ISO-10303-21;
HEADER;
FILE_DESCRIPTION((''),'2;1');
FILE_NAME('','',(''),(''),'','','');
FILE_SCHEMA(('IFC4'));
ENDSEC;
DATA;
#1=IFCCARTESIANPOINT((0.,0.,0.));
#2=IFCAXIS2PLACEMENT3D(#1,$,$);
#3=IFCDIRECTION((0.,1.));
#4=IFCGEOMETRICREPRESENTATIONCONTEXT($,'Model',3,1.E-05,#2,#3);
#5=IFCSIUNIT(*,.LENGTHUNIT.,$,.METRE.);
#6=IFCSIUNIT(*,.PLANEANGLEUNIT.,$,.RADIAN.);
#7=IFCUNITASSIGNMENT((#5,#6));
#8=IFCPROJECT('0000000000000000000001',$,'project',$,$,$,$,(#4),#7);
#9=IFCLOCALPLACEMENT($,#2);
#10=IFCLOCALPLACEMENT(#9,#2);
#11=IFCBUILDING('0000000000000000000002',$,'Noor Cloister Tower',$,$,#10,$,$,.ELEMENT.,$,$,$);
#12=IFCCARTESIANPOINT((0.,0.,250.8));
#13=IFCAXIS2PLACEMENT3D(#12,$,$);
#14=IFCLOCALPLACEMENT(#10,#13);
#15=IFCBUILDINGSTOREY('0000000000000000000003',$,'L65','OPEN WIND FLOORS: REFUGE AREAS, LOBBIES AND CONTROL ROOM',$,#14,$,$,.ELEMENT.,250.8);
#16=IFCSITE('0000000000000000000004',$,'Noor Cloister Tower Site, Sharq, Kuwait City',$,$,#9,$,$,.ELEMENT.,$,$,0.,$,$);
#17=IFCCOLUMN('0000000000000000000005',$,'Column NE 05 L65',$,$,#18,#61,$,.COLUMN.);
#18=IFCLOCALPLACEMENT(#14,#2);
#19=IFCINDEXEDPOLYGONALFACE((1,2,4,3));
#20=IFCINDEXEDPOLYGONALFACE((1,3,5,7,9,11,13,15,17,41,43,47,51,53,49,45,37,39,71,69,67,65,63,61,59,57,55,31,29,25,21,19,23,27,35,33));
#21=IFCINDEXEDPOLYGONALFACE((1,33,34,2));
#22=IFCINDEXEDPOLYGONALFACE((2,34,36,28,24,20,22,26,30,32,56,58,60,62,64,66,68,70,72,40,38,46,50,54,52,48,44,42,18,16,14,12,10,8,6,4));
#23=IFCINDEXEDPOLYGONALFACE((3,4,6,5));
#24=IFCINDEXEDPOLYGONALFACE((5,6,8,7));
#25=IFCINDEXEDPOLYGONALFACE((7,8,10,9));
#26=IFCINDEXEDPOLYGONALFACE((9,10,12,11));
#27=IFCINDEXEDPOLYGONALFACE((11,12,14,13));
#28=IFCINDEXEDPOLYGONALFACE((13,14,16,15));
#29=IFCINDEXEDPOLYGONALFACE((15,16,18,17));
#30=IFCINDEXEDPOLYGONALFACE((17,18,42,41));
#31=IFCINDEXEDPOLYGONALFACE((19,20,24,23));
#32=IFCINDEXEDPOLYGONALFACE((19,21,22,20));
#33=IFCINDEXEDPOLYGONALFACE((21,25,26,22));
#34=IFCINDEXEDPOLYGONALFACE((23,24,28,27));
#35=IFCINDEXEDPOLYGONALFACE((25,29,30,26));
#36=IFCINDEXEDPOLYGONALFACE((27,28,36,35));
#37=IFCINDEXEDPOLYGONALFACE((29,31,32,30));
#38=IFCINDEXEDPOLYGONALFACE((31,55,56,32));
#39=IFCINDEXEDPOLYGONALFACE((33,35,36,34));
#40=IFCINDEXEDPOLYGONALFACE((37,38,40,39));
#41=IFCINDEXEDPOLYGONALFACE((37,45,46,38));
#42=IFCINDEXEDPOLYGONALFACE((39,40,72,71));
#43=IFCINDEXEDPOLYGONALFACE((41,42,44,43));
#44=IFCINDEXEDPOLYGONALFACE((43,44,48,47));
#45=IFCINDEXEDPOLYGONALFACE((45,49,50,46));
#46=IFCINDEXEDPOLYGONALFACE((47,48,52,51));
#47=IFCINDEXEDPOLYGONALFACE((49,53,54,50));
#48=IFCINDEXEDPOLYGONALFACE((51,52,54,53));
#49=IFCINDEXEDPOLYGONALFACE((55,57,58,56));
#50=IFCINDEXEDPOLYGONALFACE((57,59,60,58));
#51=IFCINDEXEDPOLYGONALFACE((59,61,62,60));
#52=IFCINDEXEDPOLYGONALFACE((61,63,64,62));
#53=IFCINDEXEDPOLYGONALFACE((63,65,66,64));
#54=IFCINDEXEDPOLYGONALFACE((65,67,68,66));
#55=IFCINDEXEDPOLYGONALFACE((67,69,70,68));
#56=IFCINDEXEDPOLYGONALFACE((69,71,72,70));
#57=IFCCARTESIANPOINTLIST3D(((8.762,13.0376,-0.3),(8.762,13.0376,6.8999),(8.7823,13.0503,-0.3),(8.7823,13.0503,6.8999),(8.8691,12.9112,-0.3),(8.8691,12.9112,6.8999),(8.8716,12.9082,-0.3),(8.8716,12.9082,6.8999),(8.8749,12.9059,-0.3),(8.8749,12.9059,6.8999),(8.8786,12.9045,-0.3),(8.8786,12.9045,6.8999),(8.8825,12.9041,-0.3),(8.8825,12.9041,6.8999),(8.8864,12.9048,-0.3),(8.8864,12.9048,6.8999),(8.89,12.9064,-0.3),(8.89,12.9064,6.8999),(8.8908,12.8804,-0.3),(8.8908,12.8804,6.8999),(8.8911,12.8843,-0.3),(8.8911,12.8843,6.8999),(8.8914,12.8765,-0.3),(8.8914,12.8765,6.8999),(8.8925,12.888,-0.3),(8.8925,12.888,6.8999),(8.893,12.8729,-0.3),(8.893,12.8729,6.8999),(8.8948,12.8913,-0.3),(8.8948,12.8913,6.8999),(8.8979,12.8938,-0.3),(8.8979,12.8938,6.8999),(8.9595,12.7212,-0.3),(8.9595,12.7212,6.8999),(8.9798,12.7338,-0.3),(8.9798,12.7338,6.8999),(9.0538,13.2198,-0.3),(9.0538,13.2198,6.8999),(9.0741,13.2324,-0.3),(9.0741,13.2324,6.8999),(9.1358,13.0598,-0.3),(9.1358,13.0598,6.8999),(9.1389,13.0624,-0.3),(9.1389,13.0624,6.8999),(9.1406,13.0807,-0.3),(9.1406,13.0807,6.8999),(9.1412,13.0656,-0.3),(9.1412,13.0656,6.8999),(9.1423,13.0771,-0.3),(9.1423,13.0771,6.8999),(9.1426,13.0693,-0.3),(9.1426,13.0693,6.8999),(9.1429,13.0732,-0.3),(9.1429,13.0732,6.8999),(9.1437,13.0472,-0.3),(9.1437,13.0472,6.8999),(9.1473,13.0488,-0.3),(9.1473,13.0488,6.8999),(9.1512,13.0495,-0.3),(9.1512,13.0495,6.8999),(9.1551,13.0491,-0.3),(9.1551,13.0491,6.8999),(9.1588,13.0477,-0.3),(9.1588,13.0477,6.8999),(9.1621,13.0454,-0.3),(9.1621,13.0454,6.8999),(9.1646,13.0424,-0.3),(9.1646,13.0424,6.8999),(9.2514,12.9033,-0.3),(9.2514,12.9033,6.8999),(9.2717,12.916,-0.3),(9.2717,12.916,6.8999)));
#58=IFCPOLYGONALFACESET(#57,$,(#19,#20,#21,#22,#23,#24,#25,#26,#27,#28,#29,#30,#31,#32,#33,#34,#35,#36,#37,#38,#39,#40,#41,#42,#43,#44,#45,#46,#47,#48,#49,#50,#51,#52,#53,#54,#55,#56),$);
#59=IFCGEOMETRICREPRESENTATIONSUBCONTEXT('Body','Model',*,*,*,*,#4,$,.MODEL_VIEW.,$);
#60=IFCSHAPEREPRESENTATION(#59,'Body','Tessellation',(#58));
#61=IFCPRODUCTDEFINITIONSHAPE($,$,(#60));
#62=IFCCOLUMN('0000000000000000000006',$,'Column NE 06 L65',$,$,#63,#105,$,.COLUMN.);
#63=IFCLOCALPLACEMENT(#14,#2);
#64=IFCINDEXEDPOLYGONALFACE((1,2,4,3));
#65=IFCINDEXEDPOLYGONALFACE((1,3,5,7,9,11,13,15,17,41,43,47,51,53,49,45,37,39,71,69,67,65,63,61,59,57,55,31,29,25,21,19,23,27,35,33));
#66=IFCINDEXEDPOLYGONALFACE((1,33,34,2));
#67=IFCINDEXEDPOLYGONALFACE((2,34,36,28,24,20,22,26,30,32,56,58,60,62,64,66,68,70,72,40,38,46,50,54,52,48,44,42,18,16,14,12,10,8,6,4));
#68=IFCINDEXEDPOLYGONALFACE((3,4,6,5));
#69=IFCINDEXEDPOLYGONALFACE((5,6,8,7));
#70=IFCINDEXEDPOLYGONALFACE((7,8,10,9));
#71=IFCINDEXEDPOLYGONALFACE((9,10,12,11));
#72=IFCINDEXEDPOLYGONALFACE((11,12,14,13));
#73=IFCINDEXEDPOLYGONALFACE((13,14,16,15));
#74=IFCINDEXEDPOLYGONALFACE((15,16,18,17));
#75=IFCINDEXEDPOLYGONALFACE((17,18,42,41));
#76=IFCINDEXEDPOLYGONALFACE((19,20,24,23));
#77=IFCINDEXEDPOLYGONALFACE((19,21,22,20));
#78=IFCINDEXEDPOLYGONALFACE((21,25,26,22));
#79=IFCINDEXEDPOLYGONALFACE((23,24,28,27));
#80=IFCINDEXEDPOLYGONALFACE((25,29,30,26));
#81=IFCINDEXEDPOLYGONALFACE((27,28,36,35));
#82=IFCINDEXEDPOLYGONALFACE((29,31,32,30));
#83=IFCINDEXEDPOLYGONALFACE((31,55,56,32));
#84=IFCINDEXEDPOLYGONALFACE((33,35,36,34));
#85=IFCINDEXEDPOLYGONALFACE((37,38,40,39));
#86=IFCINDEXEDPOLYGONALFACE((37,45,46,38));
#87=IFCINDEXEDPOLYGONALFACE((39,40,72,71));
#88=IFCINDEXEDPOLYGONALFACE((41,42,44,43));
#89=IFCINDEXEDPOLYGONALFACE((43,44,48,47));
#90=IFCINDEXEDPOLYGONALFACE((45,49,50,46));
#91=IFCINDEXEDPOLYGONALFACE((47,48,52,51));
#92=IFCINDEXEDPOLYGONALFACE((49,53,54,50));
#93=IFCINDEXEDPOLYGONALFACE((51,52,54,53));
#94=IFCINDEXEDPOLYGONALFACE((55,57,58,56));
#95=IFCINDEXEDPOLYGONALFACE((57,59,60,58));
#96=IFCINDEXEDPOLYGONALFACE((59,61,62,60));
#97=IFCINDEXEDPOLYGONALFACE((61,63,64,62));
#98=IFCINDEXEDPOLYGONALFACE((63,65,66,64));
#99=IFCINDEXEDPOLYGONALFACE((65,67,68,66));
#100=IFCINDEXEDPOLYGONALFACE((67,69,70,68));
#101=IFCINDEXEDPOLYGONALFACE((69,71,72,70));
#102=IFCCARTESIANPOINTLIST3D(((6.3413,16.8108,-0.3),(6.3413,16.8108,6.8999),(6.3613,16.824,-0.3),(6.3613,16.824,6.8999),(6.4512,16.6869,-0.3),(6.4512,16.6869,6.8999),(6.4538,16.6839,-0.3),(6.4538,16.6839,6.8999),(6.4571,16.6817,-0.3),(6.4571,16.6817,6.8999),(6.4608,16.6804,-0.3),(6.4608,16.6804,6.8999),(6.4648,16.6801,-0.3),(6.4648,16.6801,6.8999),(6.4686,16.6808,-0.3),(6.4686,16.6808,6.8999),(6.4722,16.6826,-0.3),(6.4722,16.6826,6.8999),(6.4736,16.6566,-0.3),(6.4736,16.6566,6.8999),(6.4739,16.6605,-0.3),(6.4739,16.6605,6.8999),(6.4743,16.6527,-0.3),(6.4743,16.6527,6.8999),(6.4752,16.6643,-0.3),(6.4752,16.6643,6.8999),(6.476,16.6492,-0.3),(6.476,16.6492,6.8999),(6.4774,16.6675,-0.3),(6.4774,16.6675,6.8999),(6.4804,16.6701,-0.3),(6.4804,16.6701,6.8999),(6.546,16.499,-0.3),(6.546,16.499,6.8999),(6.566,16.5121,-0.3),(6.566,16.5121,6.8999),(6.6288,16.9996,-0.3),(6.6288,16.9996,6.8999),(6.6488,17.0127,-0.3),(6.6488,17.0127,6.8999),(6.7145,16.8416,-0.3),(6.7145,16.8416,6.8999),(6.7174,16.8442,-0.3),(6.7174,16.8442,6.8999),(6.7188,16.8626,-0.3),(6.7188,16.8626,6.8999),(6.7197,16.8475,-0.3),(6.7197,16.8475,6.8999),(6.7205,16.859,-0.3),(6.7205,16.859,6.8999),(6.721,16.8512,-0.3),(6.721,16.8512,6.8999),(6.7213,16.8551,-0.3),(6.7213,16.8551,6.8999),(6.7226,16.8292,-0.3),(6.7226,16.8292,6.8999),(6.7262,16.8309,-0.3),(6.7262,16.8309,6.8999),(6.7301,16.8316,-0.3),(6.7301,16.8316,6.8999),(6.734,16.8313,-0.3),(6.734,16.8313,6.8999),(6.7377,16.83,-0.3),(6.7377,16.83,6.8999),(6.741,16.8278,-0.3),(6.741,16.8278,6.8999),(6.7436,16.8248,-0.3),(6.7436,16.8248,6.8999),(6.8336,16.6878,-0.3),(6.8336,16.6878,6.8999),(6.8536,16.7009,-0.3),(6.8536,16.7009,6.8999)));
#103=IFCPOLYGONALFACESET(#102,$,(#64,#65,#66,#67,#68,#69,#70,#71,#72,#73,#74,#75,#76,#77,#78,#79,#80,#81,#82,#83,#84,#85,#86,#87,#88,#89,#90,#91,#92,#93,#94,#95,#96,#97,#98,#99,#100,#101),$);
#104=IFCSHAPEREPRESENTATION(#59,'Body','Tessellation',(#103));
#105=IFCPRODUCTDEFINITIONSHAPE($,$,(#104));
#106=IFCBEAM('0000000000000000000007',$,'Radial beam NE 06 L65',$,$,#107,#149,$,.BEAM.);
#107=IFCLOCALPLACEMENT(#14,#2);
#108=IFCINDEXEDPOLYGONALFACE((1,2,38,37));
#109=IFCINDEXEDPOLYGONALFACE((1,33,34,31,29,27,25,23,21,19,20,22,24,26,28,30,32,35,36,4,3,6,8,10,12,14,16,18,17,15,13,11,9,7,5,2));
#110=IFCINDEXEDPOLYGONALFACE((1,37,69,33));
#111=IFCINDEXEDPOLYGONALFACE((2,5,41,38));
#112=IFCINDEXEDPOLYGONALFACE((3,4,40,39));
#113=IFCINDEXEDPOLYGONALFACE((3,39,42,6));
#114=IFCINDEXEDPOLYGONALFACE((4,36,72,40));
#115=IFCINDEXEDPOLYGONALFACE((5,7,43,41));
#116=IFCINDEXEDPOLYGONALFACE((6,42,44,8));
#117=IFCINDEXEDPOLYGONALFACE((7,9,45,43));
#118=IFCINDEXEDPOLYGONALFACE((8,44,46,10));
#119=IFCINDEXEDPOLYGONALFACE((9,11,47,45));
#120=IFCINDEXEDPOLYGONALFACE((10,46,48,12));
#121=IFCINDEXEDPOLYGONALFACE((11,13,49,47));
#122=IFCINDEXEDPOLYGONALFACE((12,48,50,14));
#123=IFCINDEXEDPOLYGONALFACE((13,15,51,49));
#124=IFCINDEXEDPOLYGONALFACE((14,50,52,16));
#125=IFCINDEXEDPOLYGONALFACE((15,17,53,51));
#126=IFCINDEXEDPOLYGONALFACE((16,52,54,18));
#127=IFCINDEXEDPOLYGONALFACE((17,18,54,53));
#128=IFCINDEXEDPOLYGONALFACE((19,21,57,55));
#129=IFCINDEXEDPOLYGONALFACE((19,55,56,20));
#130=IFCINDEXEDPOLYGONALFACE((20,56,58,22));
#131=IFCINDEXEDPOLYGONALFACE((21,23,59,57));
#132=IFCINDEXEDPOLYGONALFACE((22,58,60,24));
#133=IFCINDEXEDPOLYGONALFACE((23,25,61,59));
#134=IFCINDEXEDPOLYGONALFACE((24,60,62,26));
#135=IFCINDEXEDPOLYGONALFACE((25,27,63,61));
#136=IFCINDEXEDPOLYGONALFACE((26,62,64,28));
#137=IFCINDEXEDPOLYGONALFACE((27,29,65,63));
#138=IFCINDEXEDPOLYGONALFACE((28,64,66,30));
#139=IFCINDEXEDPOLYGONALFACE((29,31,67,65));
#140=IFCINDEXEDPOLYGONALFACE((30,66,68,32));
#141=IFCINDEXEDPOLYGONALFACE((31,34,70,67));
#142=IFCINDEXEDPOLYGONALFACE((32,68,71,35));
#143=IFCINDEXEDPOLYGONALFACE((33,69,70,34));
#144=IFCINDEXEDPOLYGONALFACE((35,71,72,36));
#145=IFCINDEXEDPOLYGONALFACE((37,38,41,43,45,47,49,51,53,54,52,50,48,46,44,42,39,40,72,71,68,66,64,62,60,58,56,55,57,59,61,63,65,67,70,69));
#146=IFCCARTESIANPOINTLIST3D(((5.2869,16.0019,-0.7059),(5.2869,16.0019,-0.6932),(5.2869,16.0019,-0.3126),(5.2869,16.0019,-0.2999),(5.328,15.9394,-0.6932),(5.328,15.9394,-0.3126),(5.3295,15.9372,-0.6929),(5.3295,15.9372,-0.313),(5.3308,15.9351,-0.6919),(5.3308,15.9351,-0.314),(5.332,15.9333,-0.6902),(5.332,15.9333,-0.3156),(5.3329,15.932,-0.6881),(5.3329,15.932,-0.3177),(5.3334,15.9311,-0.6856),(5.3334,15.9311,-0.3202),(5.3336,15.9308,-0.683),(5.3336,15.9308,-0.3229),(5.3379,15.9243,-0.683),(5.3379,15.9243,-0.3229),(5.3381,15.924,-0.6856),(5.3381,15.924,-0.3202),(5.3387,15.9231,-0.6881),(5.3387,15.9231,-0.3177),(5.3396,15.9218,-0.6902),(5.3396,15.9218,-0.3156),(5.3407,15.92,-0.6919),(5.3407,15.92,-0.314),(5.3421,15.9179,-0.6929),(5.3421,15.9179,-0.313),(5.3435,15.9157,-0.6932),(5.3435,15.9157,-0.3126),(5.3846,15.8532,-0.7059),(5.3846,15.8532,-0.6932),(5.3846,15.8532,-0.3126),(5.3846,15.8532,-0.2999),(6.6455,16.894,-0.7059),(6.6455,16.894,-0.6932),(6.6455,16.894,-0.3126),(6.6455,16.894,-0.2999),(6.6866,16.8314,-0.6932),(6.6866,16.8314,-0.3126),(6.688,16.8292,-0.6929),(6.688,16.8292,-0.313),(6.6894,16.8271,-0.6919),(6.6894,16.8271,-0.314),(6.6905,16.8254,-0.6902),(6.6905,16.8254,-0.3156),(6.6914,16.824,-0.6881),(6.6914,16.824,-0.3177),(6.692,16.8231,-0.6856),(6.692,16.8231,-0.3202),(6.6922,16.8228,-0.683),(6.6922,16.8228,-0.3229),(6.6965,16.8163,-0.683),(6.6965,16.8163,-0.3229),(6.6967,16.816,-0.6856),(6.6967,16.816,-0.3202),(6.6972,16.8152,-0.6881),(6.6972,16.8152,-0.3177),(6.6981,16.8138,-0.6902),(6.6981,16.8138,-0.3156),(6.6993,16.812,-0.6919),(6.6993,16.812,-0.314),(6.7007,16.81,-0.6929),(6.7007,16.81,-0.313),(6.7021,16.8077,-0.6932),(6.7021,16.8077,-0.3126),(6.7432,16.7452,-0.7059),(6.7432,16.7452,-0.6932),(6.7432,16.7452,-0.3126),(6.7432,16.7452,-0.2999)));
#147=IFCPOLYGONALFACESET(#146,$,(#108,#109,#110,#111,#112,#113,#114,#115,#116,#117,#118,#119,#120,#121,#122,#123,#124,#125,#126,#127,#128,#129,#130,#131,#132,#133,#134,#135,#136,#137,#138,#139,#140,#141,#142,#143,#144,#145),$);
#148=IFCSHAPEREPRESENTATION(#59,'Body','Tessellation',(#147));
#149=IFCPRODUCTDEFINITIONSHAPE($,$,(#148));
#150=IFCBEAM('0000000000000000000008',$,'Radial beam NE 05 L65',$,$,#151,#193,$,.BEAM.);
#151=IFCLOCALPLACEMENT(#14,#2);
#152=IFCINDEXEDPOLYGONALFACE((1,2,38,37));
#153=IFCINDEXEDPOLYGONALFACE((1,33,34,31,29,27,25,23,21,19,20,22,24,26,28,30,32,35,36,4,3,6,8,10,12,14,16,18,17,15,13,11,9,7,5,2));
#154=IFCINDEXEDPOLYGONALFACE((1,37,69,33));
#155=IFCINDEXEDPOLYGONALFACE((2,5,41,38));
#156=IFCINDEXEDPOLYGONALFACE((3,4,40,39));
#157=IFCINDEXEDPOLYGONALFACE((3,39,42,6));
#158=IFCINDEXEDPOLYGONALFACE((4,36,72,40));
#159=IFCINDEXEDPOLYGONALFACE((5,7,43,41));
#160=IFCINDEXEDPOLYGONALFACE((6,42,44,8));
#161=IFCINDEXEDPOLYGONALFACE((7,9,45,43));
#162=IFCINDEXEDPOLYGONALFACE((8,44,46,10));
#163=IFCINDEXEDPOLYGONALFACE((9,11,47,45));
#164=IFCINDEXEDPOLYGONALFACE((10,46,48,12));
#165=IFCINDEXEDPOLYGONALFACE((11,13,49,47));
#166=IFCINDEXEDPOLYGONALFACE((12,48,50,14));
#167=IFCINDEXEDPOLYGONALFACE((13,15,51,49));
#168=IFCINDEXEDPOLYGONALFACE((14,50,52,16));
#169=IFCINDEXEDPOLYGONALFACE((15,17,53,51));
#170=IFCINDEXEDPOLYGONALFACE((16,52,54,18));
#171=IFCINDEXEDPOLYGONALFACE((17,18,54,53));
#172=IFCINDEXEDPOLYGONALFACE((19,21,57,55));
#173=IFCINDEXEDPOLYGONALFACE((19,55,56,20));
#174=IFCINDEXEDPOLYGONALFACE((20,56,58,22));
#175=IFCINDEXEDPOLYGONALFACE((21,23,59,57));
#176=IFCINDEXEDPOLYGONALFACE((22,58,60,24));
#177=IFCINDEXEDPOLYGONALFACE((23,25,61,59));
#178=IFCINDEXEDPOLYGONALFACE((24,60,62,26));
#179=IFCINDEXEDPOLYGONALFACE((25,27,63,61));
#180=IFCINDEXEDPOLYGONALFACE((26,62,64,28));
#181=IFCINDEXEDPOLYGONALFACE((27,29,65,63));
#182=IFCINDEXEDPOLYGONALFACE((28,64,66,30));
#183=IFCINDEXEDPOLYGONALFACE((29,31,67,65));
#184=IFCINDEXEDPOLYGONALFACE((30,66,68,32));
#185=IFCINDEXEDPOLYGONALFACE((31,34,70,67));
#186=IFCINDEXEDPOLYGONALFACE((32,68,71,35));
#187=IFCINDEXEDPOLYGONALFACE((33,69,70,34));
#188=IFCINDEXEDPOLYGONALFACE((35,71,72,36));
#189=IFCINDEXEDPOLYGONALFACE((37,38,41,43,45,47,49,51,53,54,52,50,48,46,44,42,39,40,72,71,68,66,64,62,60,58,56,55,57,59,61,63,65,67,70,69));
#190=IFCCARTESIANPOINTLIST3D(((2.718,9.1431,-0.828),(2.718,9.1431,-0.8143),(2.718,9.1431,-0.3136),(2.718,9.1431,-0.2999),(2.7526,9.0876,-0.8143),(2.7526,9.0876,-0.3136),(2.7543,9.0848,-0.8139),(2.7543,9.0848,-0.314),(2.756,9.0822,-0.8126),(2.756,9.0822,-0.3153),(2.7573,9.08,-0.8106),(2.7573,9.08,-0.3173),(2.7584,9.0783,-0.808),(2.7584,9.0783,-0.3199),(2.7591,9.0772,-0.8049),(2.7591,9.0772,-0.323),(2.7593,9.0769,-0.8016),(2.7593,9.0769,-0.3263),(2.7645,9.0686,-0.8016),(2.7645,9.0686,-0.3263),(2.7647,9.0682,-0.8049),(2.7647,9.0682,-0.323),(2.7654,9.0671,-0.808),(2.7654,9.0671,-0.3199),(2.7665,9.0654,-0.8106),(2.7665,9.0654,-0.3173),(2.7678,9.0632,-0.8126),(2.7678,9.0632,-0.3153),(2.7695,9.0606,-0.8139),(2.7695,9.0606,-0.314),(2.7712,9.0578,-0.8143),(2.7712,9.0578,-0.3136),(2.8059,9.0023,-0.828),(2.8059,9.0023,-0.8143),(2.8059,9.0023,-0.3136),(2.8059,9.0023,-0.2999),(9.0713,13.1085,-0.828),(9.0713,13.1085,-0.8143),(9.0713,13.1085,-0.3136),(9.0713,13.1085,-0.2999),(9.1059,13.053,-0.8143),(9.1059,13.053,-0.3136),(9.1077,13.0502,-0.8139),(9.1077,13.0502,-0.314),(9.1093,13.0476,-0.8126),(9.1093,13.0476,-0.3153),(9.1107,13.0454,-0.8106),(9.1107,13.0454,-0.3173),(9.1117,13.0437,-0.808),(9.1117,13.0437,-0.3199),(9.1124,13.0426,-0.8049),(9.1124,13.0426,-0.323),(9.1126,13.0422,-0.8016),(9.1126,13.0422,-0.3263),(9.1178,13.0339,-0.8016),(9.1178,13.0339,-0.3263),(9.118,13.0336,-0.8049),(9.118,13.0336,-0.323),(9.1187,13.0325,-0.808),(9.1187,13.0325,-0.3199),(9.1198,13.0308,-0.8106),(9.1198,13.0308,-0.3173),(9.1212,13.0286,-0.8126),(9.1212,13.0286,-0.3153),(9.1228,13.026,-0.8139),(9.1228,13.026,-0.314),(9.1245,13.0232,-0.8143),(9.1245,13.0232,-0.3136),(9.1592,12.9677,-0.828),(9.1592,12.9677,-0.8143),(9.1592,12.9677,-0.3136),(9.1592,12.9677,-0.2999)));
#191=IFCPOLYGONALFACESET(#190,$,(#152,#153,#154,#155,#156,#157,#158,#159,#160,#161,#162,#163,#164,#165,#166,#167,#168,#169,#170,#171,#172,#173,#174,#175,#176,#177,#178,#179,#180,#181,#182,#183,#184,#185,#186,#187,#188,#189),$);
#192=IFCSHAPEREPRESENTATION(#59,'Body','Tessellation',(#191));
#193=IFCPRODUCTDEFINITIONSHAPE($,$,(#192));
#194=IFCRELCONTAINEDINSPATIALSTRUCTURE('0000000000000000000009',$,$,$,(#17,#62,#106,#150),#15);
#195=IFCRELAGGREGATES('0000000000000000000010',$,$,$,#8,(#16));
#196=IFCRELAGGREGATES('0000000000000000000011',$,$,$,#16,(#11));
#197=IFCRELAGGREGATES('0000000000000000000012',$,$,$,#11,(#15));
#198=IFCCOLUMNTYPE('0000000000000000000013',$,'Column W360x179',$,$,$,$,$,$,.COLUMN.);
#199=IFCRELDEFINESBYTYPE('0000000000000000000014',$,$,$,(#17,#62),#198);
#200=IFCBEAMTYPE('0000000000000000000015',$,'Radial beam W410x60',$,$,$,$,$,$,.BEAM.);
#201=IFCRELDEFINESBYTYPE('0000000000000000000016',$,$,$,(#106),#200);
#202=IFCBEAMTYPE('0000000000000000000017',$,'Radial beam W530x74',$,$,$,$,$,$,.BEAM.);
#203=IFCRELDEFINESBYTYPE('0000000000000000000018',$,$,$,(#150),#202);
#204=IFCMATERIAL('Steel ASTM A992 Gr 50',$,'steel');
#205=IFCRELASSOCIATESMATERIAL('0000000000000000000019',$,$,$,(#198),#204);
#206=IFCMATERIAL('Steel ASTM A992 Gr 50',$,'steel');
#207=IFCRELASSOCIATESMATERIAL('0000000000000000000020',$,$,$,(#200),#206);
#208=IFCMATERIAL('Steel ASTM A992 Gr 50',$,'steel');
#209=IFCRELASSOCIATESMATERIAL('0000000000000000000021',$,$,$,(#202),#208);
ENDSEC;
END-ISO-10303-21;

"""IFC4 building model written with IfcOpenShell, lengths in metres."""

from ifc_helpers import new_model, si_unit, direction, frame, origin, origin_2d, place, context, subcontext, project, spatial, i_section, extrude, material, material_profile, profile_set, type_object, element, save


model = new_model("IFC4")

# Units and contexts
model_context = context("Model", 3, precision=1e-05, world=origin(), true_north=direction((0.0, 1.0)))
body_context = subcontext(model_context, "Body", "Model", "MODEL_VIEW")
ifc_project = project(units=[si_unit("LENGTHUNIT", "METRE"), si_unit("PLANEANGLEUNIT", "RADIAN")], contexts=[model_context])

# Site, building, storey
site_placement = place(None, origin())
site = spatial("IfcSite", under=ifc_project, at=site_placement, Name="Noor Cloister Tower Site, Sharq, Kuwait City", CompositionType="ELEMENT", RefElevation=0.0)
building_placement = place(site_placement, origin())
building = spatial("IfcBuilding", under=site, at=building_placement, Name="Noor Cloister Tower", CompositionType="ELEMENT")
storey_placement = place(building_placement, frame((0.0, 0.0, 250.8)))
storey = spatial("IfcBuildingStorey", under=building, at=storey_placement, Name="L65", Description="OPEN WIND FLOORS: REFUGE AREAS, LOBBIES AND CONTROL ROOM", CompositionType="ELEMENT", Elevation=250.8)

# Columns
ifc_material_1 = material(Name="Steel ASTM A992 Gr 50", Category="steel")
ifc_material_profile_1 = material_profile(ifc_material_1, i_section(OverallWidth=0.373, OverallDepth=0.3679, WebThickness=0.0149, FlangeThickness=0.0239, FilletRadius=0.0151, at=origin_2d()), Name="W360x179")
ifc_profile_set_1 = profile_set([ifc_material_profile_1], Name="Steel ASTM A992 Gr 50")
column_type = type_object("IfcColumnType", Name="Column W360x179", PredefinedType="COLUMN", material=ifc_profile_set_1)
for number, where, z_axis, x_axis, name in (
    (1, (9.0168, 12.9768, -0.3), (0.0, 0.0, 1.0), (-0.529481, 0.848322, 0.0), "Column NE 05 L65"),
    (2, (6.5974, 16.7559, -0.3), (0.0, 0.0, 1.0), (-0.54879, 0.83596, 0.0), "Column NE 06 L65"),
):
    element("IfcColumn", number, at=place(storey_placement, frame(where, z_axis=z_axis, x_axis=x_axis)), inside=storey, type_object=column_type, Name=name, PredefinedType="COLUMN", context=body_context, shape_type="SweptSolid", body=[
        extrude(i_section(OverallWidth=0.373, OverallDepth=0.3679, WebThickness=0.0149, FlangeThickness=0.0239, FilletRadius=0.0151, at=origin_2d()), origin(), (0.0, 0.0, 1.0), 7.2),
    ])

# Beams
ifc_material_2 = material(Name="Steel ASTM A992 Gr 50", Category="steel")
ifc_material_profile_2 = material_profile(ifc_material_2, i_section(OverallWidth=0.178, OverallDepth=0.406, WebThickness=0.0078, FlangeThickness=0.0127, FilletRadius=0.0103, at=origin_2d()), Name="W410x60")
ifc_profile_set_2 = profile_set([ifc_material_profile_2], Name="Steel ASTM A992 Gr 50")
beam_type_1 = type_object("IfcBeamType", Name="Radial beam W410x60", PredefinedType="BEAM", material=ifc_profile_set_2)
beam_1_placement = place(storey_placement, frame((6.6943, 16.8196, -0.5029), z_axis=(-0.835912, -0.548863, 0.0), x_axis=(0.548863, -0.835912, 0.0)))
element("IfcBeam", 3, at=beam_1_placement, inside=storey, type_object=beam_type_1, Name="Radial beam NE 06 L65", PredefinedType="BEAM", context=body_context, shape_type="SweptSolid", body=[
    extrude(i_section(OverallWidth=0.178, OverallDepth=0.406, WebThickness=0.0078, FlangeThickness=0.0127, FilletRadius=0.0103, at=origin_2d()), origin(), (0.0, 0.0, 1.0), 1.6252),
])
ifc_material_3 = material(Name="Steel ASTM A992 Gr 50", Category="steel")
ifc_material_profile_3 = material_profile(ifc_material_3, i_section(OverallWidth=0.166, OverallDepth=0.5281, WebThickness=0.0098, FlangeThickness=0.0137, FilletRadius=0.0127, at=origin_2d()), Name="W530x74")
ifc_profile_set_3 = profile_set([ifc_material_profile_3], Name="Steel ASTM A992 Gr 50")
beam_type_2 = type_object("IfcBeamType", Name="Radial beam W530x74", PredefinedType="BEAM", material=ifc_profile_set_3)
beam_2_placement = place(storey_placement, frame((9.1152, 13.0381, -0.564), z_axis=(-0.848326, -0.529474, 0.0), x_axis=(0.529474, -0.848326, 0.0)))
element("IfcBeam", 4, at=beam_2_placement, inside=storey, type_object=beam_type_2, Name="Radial beam NE 05 L65", PredefinedType="BEAM", context=body_context, shape_type="SweptSolid", body=[
    extrude(i_section(OverallWidth=0.166, OverallDepth=0.5281, WebThickness=0.0098, FlangeThickness=0.0137, FilletRadius=0.0127, at=origin_2d()), origin(), (0.0, 0.0, 1.0), 7.4893),
])

save(model, "model.ifc")
